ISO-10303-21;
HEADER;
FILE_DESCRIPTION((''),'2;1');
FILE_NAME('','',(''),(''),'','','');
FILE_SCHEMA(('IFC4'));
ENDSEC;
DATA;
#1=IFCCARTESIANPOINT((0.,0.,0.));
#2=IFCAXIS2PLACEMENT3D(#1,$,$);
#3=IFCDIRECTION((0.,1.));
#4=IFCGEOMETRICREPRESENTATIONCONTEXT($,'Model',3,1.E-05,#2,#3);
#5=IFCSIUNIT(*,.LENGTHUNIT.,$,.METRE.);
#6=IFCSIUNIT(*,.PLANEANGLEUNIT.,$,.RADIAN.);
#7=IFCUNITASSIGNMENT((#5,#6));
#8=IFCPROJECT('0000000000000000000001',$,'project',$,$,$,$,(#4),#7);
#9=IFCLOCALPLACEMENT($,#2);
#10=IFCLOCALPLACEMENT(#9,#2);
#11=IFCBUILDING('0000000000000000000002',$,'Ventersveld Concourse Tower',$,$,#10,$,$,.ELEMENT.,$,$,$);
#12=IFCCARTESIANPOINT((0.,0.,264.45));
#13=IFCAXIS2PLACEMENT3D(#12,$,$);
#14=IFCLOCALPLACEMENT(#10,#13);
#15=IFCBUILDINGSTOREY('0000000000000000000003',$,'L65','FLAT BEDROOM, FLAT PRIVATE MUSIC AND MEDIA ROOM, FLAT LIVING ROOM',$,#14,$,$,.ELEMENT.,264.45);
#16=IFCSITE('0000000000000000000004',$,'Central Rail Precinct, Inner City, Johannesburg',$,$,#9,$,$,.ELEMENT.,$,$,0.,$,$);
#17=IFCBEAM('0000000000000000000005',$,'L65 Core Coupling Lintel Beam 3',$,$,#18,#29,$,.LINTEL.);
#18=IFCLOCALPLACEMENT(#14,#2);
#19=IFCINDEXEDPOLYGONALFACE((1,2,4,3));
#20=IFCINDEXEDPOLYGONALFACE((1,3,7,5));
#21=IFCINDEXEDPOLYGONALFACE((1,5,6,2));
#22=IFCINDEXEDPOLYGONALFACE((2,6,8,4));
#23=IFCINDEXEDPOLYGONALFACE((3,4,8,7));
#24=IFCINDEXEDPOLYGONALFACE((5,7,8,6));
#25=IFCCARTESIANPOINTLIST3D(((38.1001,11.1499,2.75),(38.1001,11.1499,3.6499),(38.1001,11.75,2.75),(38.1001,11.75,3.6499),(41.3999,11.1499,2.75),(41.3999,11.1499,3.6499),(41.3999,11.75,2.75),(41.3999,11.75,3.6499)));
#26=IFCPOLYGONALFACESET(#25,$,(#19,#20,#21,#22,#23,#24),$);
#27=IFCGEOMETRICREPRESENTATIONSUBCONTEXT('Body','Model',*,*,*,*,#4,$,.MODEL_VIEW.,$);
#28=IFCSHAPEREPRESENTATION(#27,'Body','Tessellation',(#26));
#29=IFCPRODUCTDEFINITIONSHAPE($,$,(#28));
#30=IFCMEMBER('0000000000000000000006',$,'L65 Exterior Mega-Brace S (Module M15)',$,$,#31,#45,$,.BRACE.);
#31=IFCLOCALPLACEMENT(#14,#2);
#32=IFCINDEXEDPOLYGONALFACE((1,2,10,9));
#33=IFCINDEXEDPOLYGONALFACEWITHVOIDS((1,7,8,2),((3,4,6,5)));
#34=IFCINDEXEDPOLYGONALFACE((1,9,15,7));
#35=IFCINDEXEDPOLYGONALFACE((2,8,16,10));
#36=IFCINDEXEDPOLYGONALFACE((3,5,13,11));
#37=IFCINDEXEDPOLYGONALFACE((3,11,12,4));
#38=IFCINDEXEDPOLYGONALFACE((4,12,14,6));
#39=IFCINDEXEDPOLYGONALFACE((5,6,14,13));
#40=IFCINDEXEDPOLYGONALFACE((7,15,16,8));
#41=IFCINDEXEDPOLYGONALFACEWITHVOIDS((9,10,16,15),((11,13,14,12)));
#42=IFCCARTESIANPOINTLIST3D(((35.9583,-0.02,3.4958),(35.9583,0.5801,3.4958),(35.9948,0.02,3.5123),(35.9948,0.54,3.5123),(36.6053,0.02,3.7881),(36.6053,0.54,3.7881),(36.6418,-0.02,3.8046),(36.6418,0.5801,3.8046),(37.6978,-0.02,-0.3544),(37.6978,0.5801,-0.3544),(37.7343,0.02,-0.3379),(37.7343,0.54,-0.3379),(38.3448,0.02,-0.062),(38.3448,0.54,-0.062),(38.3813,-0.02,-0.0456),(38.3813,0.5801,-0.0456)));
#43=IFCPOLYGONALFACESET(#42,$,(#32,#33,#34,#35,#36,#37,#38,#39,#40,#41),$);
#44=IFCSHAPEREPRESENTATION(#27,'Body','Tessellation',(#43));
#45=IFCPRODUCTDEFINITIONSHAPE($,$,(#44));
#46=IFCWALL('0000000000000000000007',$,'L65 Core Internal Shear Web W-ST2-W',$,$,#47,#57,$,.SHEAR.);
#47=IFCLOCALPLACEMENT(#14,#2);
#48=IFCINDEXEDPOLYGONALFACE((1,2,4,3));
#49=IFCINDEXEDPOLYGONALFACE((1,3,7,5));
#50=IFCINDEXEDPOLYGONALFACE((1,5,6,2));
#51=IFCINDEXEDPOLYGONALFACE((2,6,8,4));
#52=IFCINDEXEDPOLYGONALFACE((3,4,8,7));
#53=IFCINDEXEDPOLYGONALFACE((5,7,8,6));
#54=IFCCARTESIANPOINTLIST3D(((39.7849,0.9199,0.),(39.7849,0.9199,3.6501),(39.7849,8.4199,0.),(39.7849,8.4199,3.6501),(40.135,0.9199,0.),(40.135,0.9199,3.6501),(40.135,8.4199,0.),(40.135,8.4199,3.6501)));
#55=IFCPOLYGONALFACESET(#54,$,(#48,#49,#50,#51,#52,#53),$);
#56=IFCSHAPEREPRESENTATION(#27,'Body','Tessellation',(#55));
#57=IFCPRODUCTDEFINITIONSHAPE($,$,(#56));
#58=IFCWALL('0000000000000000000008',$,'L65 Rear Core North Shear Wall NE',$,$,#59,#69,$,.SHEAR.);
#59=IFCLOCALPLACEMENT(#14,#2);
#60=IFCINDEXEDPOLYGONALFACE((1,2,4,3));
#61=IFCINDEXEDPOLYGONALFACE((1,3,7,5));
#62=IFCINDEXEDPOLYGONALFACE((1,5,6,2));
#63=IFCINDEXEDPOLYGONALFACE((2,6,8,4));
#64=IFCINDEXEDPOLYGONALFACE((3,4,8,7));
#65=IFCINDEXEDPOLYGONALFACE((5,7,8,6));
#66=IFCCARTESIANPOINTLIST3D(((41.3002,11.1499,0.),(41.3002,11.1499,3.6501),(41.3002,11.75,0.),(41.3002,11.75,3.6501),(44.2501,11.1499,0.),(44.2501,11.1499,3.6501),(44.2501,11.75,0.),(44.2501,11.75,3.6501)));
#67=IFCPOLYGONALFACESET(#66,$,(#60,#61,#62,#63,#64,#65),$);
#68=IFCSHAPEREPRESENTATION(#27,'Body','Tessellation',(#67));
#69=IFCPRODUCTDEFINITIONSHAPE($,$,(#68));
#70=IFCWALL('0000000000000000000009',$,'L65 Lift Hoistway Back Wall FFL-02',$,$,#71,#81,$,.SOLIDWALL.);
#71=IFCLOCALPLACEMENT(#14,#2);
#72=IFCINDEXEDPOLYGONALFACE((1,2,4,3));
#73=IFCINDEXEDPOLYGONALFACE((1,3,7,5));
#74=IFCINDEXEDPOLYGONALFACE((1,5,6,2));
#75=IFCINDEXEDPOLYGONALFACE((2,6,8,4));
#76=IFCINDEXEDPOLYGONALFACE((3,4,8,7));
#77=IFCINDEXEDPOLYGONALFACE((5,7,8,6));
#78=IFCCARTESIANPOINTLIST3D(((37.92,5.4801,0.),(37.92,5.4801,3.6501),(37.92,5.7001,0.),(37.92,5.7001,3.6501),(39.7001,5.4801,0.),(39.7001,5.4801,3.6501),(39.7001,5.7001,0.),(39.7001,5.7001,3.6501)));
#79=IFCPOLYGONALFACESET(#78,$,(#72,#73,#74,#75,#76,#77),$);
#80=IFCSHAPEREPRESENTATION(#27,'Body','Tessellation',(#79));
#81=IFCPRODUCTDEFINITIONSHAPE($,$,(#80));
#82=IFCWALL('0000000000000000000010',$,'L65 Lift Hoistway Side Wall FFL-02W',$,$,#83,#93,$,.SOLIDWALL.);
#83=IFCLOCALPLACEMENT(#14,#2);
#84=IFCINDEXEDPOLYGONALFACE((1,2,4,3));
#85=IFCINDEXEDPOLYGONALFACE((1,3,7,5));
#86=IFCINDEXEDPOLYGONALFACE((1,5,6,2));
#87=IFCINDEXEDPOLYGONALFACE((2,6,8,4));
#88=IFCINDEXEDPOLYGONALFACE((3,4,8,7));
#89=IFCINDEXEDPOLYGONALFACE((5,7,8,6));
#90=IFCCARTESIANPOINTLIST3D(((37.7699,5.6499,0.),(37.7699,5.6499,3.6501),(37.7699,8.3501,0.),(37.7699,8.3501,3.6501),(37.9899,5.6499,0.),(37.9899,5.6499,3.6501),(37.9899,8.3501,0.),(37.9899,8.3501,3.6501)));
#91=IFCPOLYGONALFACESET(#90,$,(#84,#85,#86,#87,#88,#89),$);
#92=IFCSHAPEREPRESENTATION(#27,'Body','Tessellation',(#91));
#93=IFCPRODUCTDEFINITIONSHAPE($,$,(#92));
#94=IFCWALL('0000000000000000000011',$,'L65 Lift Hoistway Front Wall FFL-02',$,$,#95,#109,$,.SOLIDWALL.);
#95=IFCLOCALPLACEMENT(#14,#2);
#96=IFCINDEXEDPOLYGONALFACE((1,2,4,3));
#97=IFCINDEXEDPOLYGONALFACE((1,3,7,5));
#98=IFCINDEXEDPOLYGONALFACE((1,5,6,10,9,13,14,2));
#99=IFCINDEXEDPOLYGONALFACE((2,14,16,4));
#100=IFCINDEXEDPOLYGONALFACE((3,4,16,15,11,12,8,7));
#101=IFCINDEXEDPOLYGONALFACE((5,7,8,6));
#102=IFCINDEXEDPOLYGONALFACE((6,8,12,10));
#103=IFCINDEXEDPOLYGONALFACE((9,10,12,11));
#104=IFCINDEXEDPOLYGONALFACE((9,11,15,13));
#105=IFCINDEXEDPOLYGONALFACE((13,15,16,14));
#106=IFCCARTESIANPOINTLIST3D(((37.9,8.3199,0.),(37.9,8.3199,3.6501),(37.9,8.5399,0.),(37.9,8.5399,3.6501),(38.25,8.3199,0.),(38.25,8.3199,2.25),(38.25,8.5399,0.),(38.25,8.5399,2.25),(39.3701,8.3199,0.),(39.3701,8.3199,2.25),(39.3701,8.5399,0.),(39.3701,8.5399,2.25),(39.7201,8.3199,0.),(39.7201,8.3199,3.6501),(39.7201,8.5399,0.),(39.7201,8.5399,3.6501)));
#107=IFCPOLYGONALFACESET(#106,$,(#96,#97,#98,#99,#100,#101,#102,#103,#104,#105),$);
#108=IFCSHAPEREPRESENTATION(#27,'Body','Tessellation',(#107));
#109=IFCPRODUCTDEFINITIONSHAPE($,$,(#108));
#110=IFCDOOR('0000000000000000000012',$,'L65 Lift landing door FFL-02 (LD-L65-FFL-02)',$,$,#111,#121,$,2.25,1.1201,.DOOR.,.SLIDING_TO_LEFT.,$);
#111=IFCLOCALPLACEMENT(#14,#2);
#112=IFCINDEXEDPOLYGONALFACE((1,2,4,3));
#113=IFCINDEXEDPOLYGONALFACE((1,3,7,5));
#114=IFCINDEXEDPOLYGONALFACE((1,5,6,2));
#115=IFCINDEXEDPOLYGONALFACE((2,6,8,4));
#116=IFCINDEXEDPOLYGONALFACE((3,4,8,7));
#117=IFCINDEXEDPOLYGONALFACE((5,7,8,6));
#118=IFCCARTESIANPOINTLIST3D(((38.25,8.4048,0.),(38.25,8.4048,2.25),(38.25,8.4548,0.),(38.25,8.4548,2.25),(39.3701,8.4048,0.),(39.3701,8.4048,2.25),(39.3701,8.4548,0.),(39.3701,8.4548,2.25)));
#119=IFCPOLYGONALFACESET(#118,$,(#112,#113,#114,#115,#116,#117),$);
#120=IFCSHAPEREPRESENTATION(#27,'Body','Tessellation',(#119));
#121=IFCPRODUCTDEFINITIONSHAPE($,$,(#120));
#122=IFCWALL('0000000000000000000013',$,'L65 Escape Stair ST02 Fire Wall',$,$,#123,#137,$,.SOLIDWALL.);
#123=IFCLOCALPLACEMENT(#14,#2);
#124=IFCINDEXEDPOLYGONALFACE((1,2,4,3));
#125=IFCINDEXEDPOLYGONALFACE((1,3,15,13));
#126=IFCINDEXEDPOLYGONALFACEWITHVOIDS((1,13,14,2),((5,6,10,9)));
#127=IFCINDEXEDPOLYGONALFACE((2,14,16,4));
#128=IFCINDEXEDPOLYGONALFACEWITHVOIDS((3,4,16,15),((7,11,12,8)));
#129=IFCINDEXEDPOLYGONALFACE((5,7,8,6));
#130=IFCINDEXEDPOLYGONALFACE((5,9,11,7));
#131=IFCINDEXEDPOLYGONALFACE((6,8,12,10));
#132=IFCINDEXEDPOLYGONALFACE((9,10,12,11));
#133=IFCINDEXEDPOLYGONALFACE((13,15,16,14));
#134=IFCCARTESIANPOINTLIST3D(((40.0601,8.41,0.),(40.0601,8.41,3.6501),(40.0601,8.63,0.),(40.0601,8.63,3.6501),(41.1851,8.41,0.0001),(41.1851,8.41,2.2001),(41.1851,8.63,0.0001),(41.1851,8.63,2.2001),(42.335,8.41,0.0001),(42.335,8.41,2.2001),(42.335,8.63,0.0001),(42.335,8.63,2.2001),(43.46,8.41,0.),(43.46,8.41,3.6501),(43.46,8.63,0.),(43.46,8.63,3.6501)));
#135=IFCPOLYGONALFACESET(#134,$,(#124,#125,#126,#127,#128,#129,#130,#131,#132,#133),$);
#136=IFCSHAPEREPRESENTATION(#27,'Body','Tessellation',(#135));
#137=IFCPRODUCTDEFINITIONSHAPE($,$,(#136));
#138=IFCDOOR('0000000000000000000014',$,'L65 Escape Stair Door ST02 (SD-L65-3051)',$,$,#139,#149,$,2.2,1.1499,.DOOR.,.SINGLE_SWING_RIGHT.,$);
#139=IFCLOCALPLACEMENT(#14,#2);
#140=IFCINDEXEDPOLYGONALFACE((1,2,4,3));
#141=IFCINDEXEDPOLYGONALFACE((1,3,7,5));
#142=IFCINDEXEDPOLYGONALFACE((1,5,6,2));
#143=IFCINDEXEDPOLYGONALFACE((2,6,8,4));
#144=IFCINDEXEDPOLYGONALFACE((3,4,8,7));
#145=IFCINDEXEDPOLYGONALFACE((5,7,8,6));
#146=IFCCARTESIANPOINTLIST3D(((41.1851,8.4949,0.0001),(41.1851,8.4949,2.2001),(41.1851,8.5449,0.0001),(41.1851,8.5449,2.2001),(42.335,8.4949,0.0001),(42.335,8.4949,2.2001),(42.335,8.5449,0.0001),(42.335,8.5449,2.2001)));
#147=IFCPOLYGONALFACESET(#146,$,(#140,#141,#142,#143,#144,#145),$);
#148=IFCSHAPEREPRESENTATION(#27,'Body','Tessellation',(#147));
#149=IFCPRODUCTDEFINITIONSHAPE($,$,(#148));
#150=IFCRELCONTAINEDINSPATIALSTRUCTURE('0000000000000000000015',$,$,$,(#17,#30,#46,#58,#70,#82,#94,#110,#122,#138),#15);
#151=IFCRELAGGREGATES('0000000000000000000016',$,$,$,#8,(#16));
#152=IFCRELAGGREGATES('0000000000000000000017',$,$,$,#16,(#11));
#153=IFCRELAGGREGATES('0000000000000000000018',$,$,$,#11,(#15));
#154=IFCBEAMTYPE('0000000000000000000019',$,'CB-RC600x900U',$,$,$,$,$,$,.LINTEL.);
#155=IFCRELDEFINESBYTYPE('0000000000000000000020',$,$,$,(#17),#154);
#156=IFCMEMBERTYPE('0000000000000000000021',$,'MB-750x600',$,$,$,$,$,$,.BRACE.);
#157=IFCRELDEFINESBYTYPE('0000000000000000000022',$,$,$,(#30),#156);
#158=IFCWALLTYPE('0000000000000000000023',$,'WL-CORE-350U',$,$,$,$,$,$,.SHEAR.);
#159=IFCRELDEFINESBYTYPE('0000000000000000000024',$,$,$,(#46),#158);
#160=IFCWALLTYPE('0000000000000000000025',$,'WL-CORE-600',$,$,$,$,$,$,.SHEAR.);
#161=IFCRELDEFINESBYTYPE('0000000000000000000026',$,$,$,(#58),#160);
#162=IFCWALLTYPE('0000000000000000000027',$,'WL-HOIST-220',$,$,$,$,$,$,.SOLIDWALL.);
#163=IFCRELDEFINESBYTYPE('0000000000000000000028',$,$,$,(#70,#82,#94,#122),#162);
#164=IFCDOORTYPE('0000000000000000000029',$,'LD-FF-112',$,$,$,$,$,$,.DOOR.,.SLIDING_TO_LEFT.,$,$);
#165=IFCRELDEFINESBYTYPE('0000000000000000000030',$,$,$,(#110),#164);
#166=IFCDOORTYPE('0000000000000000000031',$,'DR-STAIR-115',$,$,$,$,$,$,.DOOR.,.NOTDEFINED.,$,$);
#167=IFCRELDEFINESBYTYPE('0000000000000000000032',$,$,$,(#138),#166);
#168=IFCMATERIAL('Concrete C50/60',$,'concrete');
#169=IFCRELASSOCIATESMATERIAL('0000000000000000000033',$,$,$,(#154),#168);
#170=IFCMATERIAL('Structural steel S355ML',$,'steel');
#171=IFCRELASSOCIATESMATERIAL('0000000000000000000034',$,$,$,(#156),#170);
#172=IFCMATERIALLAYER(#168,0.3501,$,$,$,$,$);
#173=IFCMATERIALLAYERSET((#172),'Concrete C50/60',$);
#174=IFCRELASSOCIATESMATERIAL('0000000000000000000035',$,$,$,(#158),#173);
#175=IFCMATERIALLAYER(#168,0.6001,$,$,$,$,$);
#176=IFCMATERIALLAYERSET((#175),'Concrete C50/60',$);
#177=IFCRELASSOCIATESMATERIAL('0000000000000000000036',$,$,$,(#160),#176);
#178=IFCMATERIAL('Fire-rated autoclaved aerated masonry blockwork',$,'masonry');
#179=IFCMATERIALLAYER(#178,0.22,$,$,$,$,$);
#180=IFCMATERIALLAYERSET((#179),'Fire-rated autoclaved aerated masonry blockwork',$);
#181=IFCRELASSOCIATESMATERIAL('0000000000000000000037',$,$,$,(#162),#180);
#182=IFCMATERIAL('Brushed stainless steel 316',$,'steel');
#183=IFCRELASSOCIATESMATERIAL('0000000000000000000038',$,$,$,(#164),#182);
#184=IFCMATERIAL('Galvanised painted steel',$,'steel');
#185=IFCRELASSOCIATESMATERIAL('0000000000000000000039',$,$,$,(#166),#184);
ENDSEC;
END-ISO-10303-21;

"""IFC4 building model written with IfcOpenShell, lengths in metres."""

from ifc_helpers import new_model, si_unit, direction, frame, frame_2d, origin, origin_2d, place, context, subcontext, project, spatial, rectangle, hollow_rectangle, extrude, material, layer, layer_set, material_profile, profile_set, type_object, element, fill, save


model = new_model("IFC4")

# Units and contexts
model_context = context("Model", 3, precision=1e-05, world=origin(), true_north=direction((0.0, 1.0)))
body_context = subcontext(model_context, "Body", "Model", "MODEL_VIEW")
ifc_project = project(units=[si_unit("LENGTHUNIT", "METRE"), si_unit("PLANEANGLEUNIT", "RADIAN")], contexts=[model_context])

# Site, building, storey
site_placement = place(None, origin())
site = spatial("IfcSite", under=ifc_project, at=site_placement, Name="Central Rail Precinct, Inner City, Johannesburg", CompositionType="ELEMENT", RefElevation=0.0)
building_placement = place(site_placement, origin())
building = spatial("IfcBuilding", under=site, at=building_placement, Name="Ventersveld Concourse Tower", CompositionType="ELEMENT")
storey_placement = place(building_placement, frame((0.0, 0.0, 264.45)))
storey = spatial("IfcBuildingStorey", under=building, at=storey_placement, Name="L65", Description="FLAT BEDROOM, FLAT PRIVATE MUSIC AND MEDIA ROOM, FLAT LIVING ROOM", CompositionType="ELEMENT", Elevation=264.45)

# Beam
ifc_material_1 = material(Name="Concrete C50/60", Category="concrete")
ifc_material_profile_1 = material_profile(ifc_material_1, rectangle(XDim=0.6001, YDim=0.8999, at=origin_2d()), Name="RC 600x900")
ifc_profile_set_1 = profile_set([ifc_material_profile_1], Name="Concrete C50/60")
beam_type = type_object("IfcBeamType", Name="CB-RC600x900U", PredefinedType="LINTEL", material=ifc_profile_set_1)
beam_placement = place(storey_placement, frame((38.1001, 11.45, 3.2), z_axis=(1.0, 0.0, 0.0), x_axis=(0.0, 1.0, 0.0)))
element("IfcBeam", 1, at=beam_placement, inside=storey, type_object=beam_type, Name="L65 Core Coupling Lintel Beam 3", PredefinedType="LINTEL", context=body_context, shape_type="SweptSolid", body=[
    extrude(rectangle(XDim=0.6001, YDim=0.8999, at=origin_2d()), origin(), (0.0, 0.0, 1.0), 3.2998),
])

# Member
ifc_material_2 = material(Name="Structural steel S355ML", Category="steel")
ifc_material_profile_2 = material_profile(ifc_material_2, hollow_rectangle(XDim=0.6001, YDim=0.75, WallThickness=0.04, at=origin_2d()), Name="BOX 750x600x40")
ifc_profile_set_2 = profile_set([ifc_material_profile_2], Name="Structural steel S355ML")
member_type = type_object("IfcMemberType", Name="MB-750x600", PredefinedType="BRACE", material=ifc_profile_set_2)
member_placement = place(storey_placement, frame((38.0396, 0.28, -0.2), z_axis=(-0.411734, 0.0, 0.911304), x_axis=(0.0, -1.0, 0.0)))
element("IfcMember", 2, at=member_placement, inside=storey, type_object=member_type, Name="L65 Exterior Mega-Brace S (Module M15)", PredefinedType="BRACE", context=body_context, shape_type="SweptSolid", body=[
    extrude(hollow_rectangle(XDim=0.6001, YDim=0.75, WallThickness=0.04, at=origin_2d()), origin(), (0.0, 0.0, 1.0), 4.2249),
])

# Walls
ifc_layer_1 = layer(ifc_material_1, 0.3501)
ifc_layer_set_1 = layer_set([ifc_layer_1], Name="Concrete C50/60")
wall_type_1 = type_object("IfcWallType", Name="WL-CORE-350U", PredefinedType="SHEAR", material=ifc_layer_set_1)
wall_1_placement = place(storey_placement, frame((39.96, 0.9199, 0.0), z_axis=(0.0, 0.0, 1.0), x_axis=(0.0, 1.0, 0.0)))
element("IfcWall", 3, at=wall_1_placement, inside=storey, type_object=wall_type_1, Name="L65 Core Internal Shear Web W-ST2-W", PredefinedType="SHEAR", context=body_context, shape_type="SweptSolid", body=[
    extrude(rectangle(XDim=7.5, YDim=0.3501, at=frame_2d((3.75, 0.0))), origin(), (0.0, 0.0, 1.0), 3.6501),
])
ifc_layer_2 = layer(ifc_material_1, 0.6001)
ifc_layer_set_2 = layer_set([ifc_layer_2], Name="Concrete C50/60")
wall_type_2 = type_object("IfcWallType", Name="WL-CORE-600", PredefinedType="SHEAR", material=ifc_layer_set_2)
wall_2_placement = place(storey_placement, frame((41.3, 11.45, 0.0), z_axis=(0.0, 0.0, 1.0), x_axis=(1.0, 0.0, 0.0)))
element("IfcWall", 4, at=wall_2_placement, inside=storey, type_object=wall_type_2, Name="L65 Rear Core North Shear Wall NE", PredefinedType="SHEAR", context=body_context, shape_type="SweptSolid", body=[
    extrude(rectangle(XDim=2.95, YDim=0.6001, at=frame_2d((1.4751, 0.0))), origin(), (0.0, 0.0, 1.0), 3.6501),
])
ifc_material_3 = material(Name="Fire-rated autoclaved aerated masonry blockwork", Category="masonry")
ifc_layer_3 = layer(ifc_material_3, 0.22)
ifc_layer_set_3 = layer_set([ifc_layer_3], Name="Fire-rated autoclaved aerated masonry blockwork")
wall_type_3 = type_object("IfcWallType", Name="WL-HOIST-220", PredefinedType="SOLIDWALL", material=ifc_layer_set_3)
wall_3_placement = place(storey_placement, frame((37.9199, 5.5901, 0.0), z_axis=(0.0, 0.0, 1.0), x_axis=(1.0, 0.0, 0.0)))
element("IfcWall", 5, at=wall_3_placement, inside=storey, type_object=wall_type_3, Name="L65 Lift Hoistway Back Wall FFL-02", PredefinedType="SOLIDWALL", context=body_context, shape_type="SweptSolid", body=[
    extrude(rectangle(XDim=1.78, YDim=0.22, at=frame_2d((0.8901, 0.0))), origin(), (0.0, 0.0, 1.0), 3.6501),
])
wall_4_placement = place(storey_placement, frame((37.8799, 5.6499, 0.0), z_axis=(0.0, 0.0, 1.0), x_axis=(0.0, 1.0, 0.0)))
element("IfcWall", 6, at=wall_4_placement, inside=storey, type_object=wall_type_3, Name="L65 Lift Hoistway Side Wall FFL-02W", PredefinedType="SOLIDWALL", context=body_context, shape_type="SweptSolid", body=[
    extrude(rectangle(XDim=2.7002, YDim=0.22, at=frame_2d((1.3501, 0.0))), origin(), (0.0, 0.0, 1.0), 3.6501),
])

# Walls, openings, doors
wall_5_placement = place(storey_placement, frame((37.8999, 8.4299, 0.0), z_axis=(0.0, 0.0, 1.0), x_axis=(1.0, 0.0, 0.0)))
wall_5 = element("IfcWall", 7, at=wall_5_placement, inside=storey, type_object=wall_type_3, Name="L65 Lift Hoistway Front Wall FFL-02", PredefinedType="SOLIDWALL", context=body_context, shape_type="SweptSolid", body=[
    extrude(rectangle(XDim=1.8201, YDim=0.22, at=frame_2d((0.9102, 0.0))), origin(), (0.0, 0.0, 1.0), 3.6501),
])
opening_1_placement = place(wall_5_placement, frame((0.3501, 0.0, 0.0)))
opening_1 = element("IfcOpeningElement", 8, at=opening_1_placement, cuts=wall_5, PredefinedType="OPENING", context=body_context, shape_type="SweptSolid", body=[
    extrude(rectangle(XDim=1.1201, YDim=2.25, at=frame_2d((0.5601, 1.125))), frame((0.0, 0.1201, 0.0), z_axis=(0.0, -1.0, 0.0), x_axis=(1.0, 0.0, 0.0)), (0.0, 0.0, 1.0), 0.24),
])
ifc_material_4 = material(Name="Brushed stainless steel 316", Category="steel")
door_type_1 = type_object("IfcDoorType", Name="LD-FF-112", OperationType="SLIDING_TO_LEFT", PredefinedType="DOOR", material=ifc_material_4)
door_1_placement = place(opening_1_placement, origin())
door_1 = element("IfcDoor", 9, at=door_1_placement, inside=storey, type_object=door_type_1, Name="L65 Lift landing door FFL-02 (LD-L65-FFL-02)", OperationType="SLIDING_TO_LEFT", OverallHeight=2.25, OverallWidth=1.1201, PredefinedType="DOOR", context=body_context, shape_type="SweptSolid", body=[
    extrude(rectangle(XDim=1.1201, YDim=2.25, at=frame_2d((0.5601, 1.125))), frame((0.0, 0.0249, 0.0), z_axis=(0.0, -1.0, 0.0), x_axis=(1.0, 0.0, 0.0)), (0.0, 0.0, 1.0), 0.05),
])
fill(opening_1, door_1)
wall_6_placement = place(storey_placement, frame((40.0601, 8.52, 0.0), z_axis=(0.0, 0.0, 1.0), x_axis=(1.0, 0.0, 0.0)))
wall_6 = element("IfcWall", 10, at=wall_6_placement, inside=storey, type_object=wall_type_3, Name="L65 Escape Stair ST02 Fire Wall", PredefinedType="SOLIDWALL", context=body_context, shape_type="SweptSolid", body=[
    extrude(rectangle(XDim=3.3999, YDim=0.22, at=frame_2d((1.7, 0.0))), origin(), (0.0, 0.0, 1.0), 3.6501),
])
opening_2_placement = place(wall_6_placement, frame((1.125, 0.0, 0.0)))
opening_2 = element("IfcOpeningElement", 11, at=opening_2_placement, cuts=wall_6, PredefinedType="OPENING", context=body_context, shape_type="SweptSolid", body=[
    extrude(rectangle(XDim=1.1499, YDim=2.2, at=frame_2d((0.575, 1.1001))), frame((0.0, 0.1201, 0.0), z_axis=(0.0, -1.0, 0.0), x_axis=(1.0, 0.0, 0.0)), (0.0, 0.0, 1.0), 0.24),
])
ifc_material_5 = material(Name="Galvanised painted steel", Category="steel")
door_type_2 = type_object("IfcDoorType", Name="DR-STAIR-115", OperationType="NOTDEFINED", PredefinedType="DOOR", material=ifc_material_5)
door_2_placement = place(opening_2_placement, origin())
door_2 = element("IfcDoor", 12, at=door_2_placement, inside=storey, type_object=door_type_2, Name="L65 Escape Stair Door ST02 (SD-L65-3051)", OperationType="SINGLE_SWING_RIGHT", OverallHeight=2.2, OverallWidth=1.1499, PredefinedType="DOOR", context=body_context, shape_type="SweptSolid", body=[
    extrude(rectangle(XDim=1.1499, YDim=2.2, at=frame_2d((0.575, 1.1001))), frame((0.0, 0.0249, 0.0), z_axis=(0.0, -1.0, 0.0), x_axis=(1.0, 0.0, 0.0)), (0.0, 0.0, 1.0), 0.05),
])
fill(opening_2, door_2)

save(model, "model.ifc")
